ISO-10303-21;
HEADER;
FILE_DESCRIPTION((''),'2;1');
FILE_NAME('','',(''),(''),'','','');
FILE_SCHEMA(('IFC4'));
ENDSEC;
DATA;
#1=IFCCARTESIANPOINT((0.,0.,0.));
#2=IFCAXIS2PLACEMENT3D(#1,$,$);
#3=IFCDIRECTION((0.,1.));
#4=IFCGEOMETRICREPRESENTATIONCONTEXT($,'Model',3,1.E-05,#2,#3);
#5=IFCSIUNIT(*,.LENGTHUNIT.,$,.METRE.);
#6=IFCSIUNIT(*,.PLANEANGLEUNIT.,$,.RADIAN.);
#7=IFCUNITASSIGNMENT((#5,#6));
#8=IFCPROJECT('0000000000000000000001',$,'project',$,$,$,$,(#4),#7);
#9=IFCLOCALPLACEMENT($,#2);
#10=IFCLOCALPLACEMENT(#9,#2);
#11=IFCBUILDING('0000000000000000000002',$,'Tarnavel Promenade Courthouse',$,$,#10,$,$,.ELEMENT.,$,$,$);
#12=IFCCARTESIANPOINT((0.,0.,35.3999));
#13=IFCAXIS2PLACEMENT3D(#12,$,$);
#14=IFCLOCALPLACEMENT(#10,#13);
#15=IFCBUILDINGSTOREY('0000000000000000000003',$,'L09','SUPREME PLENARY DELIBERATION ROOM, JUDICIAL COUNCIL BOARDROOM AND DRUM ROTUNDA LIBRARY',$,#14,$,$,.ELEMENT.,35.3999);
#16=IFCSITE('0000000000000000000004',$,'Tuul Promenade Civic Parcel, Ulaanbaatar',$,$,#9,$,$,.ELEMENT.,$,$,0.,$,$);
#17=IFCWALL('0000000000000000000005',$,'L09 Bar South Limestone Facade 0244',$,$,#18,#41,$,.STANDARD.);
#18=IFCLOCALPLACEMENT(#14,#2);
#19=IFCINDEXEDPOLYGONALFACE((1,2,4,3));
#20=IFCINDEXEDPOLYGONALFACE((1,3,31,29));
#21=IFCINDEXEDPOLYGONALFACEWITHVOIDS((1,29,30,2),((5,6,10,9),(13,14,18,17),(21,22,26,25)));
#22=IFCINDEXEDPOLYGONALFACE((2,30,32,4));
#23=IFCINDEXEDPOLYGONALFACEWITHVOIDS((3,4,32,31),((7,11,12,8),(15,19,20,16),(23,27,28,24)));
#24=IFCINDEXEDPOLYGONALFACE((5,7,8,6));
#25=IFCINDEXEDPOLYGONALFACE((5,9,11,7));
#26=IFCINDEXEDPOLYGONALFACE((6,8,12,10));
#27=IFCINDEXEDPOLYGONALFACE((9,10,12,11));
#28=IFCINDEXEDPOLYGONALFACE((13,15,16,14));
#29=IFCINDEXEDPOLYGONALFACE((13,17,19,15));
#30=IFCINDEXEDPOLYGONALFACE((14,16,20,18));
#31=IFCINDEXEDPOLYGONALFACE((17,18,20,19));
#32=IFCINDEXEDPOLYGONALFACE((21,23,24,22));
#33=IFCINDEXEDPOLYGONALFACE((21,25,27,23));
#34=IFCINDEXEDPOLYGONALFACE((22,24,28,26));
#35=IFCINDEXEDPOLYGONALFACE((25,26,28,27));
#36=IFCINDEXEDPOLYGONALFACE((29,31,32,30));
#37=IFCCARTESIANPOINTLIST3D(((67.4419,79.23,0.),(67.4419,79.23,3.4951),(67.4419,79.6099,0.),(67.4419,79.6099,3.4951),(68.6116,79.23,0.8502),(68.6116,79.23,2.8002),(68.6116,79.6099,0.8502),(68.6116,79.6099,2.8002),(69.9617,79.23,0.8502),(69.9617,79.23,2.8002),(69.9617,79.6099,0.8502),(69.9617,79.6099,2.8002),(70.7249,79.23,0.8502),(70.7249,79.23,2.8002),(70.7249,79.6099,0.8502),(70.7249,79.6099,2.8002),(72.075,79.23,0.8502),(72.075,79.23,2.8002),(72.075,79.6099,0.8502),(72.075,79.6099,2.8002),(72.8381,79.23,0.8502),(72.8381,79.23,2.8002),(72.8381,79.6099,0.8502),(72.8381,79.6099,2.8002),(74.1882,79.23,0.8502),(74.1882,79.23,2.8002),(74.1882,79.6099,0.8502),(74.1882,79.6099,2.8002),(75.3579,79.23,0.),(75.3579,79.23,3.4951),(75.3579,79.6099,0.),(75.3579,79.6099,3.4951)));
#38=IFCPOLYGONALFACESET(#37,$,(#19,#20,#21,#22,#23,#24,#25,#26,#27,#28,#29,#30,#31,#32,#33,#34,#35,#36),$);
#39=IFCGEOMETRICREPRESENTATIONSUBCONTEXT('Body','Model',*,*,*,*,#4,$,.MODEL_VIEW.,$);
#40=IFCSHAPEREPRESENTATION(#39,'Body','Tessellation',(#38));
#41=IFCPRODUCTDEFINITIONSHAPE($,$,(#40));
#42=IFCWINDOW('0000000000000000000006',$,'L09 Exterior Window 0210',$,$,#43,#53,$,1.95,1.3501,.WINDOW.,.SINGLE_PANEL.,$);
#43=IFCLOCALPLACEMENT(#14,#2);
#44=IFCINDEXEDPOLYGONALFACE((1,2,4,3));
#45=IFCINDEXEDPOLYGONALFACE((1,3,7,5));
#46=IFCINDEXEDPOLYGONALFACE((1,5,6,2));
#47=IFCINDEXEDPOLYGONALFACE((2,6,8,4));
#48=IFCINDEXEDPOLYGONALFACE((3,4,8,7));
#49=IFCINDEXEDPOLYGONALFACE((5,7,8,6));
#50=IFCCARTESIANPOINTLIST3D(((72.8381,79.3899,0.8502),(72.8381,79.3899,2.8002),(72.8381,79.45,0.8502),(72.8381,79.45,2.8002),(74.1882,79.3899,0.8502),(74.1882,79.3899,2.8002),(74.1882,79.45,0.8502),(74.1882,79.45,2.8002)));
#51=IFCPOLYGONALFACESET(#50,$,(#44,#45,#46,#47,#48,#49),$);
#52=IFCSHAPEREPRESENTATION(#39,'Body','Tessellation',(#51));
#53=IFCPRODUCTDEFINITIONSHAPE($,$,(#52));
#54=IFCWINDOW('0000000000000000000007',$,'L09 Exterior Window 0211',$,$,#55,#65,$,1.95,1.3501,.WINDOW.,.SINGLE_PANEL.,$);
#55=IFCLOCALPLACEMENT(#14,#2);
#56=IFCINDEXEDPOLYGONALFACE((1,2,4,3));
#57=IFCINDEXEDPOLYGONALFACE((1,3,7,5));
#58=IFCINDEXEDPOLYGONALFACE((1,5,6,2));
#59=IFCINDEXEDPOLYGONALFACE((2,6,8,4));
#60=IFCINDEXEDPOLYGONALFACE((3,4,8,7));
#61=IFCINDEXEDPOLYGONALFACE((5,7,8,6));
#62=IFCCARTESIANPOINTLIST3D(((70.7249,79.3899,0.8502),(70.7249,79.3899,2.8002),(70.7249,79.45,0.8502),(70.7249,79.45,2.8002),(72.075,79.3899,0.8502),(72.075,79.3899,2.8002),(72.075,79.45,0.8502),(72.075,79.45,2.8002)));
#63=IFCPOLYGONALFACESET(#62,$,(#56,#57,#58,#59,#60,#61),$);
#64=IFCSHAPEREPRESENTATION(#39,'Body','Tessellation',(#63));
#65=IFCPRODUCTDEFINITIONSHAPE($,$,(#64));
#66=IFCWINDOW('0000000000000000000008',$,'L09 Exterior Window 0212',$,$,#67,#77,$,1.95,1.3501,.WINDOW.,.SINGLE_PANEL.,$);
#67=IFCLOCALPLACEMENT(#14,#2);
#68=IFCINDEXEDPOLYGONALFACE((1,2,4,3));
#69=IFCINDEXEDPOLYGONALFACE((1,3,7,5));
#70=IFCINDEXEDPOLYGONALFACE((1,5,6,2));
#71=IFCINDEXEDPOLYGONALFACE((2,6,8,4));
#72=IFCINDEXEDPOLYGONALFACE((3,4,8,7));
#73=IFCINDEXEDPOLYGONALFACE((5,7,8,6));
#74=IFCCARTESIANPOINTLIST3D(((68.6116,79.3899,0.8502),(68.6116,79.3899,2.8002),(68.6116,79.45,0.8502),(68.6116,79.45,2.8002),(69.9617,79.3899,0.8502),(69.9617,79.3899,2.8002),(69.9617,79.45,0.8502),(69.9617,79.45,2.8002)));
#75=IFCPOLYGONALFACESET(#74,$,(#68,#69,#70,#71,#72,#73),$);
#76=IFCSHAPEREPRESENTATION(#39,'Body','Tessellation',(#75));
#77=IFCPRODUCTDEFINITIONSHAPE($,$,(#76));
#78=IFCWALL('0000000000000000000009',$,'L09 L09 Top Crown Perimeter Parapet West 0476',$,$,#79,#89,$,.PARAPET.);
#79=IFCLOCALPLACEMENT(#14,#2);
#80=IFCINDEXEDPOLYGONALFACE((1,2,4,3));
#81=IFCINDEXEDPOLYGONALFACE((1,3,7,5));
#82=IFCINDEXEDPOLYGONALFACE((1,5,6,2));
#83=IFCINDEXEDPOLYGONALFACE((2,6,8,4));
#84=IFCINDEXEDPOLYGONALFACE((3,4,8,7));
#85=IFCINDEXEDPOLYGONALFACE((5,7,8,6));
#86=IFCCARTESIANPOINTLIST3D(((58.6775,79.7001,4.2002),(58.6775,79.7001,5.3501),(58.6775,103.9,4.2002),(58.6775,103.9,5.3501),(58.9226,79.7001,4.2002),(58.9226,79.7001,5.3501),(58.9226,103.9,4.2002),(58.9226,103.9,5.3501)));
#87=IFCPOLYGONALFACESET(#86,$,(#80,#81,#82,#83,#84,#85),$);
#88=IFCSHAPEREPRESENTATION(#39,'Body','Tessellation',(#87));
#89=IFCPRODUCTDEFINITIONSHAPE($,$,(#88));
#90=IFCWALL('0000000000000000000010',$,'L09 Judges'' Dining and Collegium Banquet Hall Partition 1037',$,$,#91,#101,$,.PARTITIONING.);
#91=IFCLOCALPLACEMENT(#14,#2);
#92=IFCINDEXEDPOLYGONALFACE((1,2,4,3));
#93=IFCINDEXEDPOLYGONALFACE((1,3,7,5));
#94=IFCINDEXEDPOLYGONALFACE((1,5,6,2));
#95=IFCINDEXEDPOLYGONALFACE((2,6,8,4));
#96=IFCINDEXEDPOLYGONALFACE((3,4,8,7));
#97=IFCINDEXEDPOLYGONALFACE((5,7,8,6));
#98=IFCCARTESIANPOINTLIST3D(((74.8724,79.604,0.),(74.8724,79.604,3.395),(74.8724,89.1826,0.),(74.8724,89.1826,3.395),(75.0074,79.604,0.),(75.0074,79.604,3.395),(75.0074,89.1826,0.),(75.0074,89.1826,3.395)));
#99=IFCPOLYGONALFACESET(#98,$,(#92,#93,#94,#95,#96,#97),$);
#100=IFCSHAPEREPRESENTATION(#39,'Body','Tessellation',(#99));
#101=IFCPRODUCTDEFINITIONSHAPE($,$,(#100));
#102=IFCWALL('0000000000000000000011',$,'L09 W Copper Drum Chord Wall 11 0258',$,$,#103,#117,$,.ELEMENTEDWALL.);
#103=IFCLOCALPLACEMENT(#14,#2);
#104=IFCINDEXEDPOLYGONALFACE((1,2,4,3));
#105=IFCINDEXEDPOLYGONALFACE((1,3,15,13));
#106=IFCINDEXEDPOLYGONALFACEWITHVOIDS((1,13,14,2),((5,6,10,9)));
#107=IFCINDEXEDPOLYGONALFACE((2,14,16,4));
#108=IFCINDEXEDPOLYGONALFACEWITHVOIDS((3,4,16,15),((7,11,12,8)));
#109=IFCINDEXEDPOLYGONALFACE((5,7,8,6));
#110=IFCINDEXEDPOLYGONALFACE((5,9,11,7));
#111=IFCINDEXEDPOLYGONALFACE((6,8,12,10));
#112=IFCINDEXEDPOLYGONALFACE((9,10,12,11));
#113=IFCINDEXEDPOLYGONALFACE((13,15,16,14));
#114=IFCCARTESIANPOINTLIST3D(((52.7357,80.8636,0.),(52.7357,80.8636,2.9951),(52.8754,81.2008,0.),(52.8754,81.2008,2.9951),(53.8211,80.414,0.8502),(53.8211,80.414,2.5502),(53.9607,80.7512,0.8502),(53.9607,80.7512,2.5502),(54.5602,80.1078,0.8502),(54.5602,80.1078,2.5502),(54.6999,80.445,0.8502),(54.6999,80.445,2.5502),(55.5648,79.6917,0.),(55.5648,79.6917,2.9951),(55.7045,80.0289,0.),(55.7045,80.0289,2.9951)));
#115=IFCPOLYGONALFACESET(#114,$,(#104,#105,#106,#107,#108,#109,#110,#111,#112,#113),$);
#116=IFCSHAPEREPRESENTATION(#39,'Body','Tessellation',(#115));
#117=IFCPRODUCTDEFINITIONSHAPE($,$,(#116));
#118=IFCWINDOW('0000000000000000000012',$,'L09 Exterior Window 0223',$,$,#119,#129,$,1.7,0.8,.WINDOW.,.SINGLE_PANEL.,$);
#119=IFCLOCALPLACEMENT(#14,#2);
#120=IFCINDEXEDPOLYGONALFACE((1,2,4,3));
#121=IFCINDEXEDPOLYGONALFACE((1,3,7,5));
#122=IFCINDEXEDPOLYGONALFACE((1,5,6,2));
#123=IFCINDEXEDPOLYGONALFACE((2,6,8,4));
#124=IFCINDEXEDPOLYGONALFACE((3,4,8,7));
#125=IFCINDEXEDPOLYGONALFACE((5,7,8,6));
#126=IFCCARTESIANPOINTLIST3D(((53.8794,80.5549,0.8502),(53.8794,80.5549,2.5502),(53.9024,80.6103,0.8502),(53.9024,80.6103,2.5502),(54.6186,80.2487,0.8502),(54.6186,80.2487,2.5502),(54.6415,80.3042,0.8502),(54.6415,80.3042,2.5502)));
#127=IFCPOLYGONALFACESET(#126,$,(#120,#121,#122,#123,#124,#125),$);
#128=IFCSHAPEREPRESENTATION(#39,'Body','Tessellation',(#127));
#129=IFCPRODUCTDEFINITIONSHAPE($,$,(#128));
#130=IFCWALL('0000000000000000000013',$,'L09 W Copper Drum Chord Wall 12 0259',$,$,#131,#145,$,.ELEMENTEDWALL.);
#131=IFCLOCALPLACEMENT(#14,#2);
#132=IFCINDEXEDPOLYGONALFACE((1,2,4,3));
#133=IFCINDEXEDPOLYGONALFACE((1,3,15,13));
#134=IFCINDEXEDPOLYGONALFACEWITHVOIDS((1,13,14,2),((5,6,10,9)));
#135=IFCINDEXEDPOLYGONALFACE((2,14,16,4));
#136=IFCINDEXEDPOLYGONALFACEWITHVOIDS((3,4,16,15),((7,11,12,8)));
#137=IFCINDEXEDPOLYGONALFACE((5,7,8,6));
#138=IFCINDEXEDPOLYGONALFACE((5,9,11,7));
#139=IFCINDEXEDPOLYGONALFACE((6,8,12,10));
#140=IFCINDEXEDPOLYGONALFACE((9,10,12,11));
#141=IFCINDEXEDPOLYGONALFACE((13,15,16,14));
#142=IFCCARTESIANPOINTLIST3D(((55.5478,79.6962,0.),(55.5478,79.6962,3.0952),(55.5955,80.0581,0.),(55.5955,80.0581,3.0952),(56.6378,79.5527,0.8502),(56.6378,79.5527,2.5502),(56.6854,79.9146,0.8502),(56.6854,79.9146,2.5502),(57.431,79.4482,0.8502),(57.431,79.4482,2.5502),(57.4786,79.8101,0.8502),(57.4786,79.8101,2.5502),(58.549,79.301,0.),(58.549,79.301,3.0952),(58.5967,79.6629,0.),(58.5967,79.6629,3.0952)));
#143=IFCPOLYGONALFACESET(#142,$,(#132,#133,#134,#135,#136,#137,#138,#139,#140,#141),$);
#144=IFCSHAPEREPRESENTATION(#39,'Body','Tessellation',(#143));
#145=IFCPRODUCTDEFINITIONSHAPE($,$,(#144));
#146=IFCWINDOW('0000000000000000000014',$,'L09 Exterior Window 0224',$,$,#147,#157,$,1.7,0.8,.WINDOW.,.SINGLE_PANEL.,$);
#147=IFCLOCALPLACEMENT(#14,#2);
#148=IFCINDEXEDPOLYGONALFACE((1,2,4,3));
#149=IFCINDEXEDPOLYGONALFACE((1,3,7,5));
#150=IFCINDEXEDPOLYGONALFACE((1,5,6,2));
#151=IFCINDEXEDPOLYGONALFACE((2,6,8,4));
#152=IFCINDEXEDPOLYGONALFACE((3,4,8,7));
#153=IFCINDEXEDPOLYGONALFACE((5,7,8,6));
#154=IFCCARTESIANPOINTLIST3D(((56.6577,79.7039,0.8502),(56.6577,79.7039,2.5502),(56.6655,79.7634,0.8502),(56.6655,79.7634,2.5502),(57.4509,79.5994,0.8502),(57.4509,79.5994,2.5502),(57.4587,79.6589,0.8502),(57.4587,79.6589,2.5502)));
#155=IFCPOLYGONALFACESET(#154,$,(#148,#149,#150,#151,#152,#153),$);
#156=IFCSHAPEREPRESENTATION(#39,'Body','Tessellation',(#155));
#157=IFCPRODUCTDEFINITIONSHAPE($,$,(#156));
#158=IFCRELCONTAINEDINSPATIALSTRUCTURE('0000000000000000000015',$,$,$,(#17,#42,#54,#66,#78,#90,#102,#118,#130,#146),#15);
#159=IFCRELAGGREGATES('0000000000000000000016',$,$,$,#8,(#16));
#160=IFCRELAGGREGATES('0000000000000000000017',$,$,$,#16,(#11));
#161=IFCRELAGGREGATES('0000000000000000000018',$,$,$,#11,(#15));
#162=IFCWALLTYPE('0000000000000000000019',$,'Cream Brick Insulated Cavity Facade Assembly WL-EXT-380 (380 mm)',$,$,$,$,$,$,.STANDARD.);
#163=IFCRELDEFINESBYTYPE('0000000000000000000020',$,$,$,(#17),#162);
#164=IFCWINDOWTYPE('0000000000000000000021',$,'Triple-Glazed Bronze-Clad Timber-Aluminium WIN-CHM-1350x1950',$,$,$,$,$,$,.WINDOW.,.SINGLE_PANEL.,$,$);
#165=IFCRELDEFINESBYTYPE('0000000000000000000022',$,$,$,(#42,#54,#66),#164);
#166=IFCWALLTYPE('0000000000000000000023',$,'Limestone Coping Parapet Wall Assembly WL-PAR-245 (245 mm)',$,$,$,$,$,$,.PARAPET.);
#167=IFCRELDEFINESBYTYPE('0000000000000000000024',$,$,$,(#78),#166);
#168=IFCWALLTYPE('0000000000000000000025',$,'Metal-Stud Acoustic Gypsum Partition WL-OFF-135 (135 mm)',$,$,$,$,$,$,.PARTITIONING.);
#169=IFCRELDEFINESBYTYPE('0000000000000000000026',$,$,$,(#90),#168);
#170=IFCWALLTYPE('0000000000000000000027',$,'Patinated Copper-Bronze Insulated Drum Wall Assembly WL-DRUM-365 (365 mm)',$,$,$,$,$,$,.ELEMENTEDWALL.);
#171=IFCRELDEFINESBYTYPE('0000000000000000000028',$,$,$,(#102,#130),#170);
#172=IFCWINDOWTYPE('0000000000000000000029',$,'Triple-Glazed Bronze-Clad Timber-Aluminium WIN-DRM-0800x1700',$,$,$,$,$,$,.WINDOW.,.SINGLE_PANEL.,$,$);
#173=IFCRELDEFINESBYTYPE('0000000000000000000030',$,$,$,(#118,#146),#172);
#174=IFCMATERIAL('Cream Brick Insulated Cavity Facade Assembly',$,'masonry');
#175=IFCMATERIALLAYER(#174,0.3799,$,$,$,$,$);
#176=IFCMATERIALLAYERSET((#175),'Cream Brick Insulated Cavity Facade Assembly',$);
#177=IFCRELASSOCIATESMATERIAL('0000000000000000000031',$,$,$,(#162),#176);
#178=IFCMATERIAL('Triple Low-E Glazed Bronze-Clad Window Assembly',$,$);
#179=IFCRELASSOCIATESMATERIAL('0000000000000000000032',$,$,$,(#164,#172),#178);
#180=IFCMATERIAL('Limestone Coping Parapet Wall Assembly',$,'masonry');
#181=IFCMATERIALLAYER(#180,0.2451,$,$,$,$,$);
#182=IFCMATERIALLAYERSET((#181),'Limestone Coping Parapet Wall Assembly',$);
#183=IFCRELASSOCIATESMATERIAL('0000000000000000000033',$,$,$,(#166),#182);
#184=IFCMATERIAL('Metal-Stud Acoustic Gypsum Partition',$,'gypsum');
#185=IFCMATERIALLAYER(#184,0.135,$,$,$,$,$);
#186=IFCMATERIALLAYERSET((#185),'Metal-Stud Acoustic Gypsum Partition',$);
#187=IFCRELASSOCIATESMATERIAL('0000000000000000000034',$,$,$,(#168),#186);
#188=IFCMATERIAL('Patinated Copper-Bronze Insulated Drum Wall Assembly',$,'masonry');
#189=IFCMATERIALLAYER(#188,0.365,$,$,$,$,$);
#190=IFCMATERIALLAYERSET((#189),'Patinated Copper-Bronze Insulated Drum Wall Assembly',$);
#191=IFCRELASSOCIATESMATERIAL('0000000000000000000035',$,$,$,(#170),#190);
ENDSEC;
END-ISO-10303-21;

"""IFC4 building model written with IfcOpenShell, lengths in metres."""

from ifc_helpers import new_model, si_unit, direction, frame, frame_2d, origin, place, context, subcontext, project, spatial, rectangle, extrude, material, layer, layer_set, type_object, element, fill, save


model = new_model("IFC4")

# Units and contexts
model_context = context("Model", 3, precision=1e-05, world=origin(), true_north=direction((0.0, 1.0)))
body_context = subcontext(model_context, "Body", "Model", "MODEL_VIEW")
ifc_project = project(units=[si_unit("LENGTHUNIT", "METRE"), si_unit("PLANEANGLEUNIT", "RADIAN")], contexts=[model_context])

# Site, building, storey
site_placement = place(None, origin())
site = spatial("IfcSite", under=ifc_project, at=site_placement, Name="Tuul Promenade Civic Parcel, Ulaanbaatar", CompositionType="ELEMENT", RefElevation=0.0)
building_placement = place(site_placement, origin())
building = spatial("IfcBuilding", under=site, at=building_placement, Name="Tarnavel Promenade Courthouse", CompositionType="ELEMENT")
storey_placement = place(building_placement, frame((0.0, 0.0, 35.3999)))
storey = spatial("IfcBuildingStorey", under=building, at=storey_placement, Name="L09", Description="SUPREME PLENARY DELIBERATION ROOM, JUDICIAL COUNCIL BOARDROOM AND DRUM ROTUNDA LIBRARY", CompositionType="ELEMENT", Elevation=35.3999)

# Shared definitions
ifc_material_1 = material(Name="Cream Brick Insulated Cavity Facade Assembly", Category="masonry")
ifc_layer_1 = layer(ifc_material_1, 0.3799)
ifc_layer_set_1 = layer_set([ifc_layer_1], Name="Cream Brick Insulated Cavity Facade Assembly")
wall_type_1 = type_object("IfcWallType", Name="Cream Brick Insulated Cavity Facade Assembly WL-EXT-380 (380 mm)", PredefinedType="STANDARD", material=ifc_layer_set_1)

# Wall, openings, windows
wall_1_placement = place(storey_placement, frame((75.3579, 79.4199, 0.0), z_axis=(0.0, 0.0, 1.0), x_axis=(-1.0, 0.0, 0.0)))
wall_1 = element("IfcWall", 1, at=wall_1_placement, inside=storey, type_object=wall_type_1, Name="L09 Bar South Limestone Facade 0244", PredefinedType="STANDARD", context=body_context, shape_type="SweptSolid", body=[
    extrude(rectangle(XDim=7.916, YDim=0.3799, at=frame_2d((3.958, 0.0))), origin(), (0.0, 0.0, 1.0), 3.4951),
])
opening_1_placement = place(wall_1_placement, frame((1.1697, 0.0, 0.8501)))
opening_1 = element("IfcOpeningElement", 2, at=opening_1_placement, cuts=wall_1, PredefinedType="OPENING", context=body_context, shape_type="SweptSolid", body=[
    extrude(rectangle(XDim=1.3501, YDim=1.95, at=frame_2d((0.675, 0.9751))), frame((0.0, 0.2, 0.0), z_axis=(0.0, -1.0, 0.0), x_axis=(1.0, 0.0, 0.0)), (0.0, 0.0, 1.0), 0.3999),
])
opening_2_placement = place(wall_1_placement, frame((3.283, 0.0, 0.8501)))
opening_2 = element("IfcOpeningElement", 3, at=opening_2_placement, cuts=wall_1, PredefinedType="OPENING", context=body_context, shape_type="SweptSolid", body=[
    extrude(rectangle(XDim=1.3501, YDim=1.95, at=frame_2d((0.675, 0.9751))), frame((0.0, 0.2, 0.0), z_axis=(0.0, -1.0, 0.0), x_axis=(1.0, 0.0, 0.0)), (0.0, 0.0, 1.0), 0.3999),
])
opening_3_placement = place(wall_1_placement, frame((5.3962, 0.0, 0.8501)))
opening_3 = element("IfcOpeningElement", 4, at=opening_3_placement, cuts=wall_1, PredefinedType="OPENING", context=body_context, shape_type="SweptSolid", body=[
    extrude(rectangle(XDim=1.3501, YDim=1.95, at=frame_2d((0.675, 0.9751))), frame((0.0, 0.2, 0.0), z_axis=(0.0, -1.0, 0.0), x_axis=(1.0, 0.0, 0.0)), (0.0, 0.0, 1.0), 0.3999),
])
ifc_material_2 = material(Name="Triple Low-E Glazed Bronze-Clad Window Assembly")
window_type_1 = type_object("IfcWindowType", Name="Triple-Glazed Bronze-Clad Timber-Aluminium WIN-CHM-1350x1950", PartitioningType="SINGLE_PANEL", PredefinedType="WINDOW", material=ifc_material_2)
window_1_placement = place(opening_1_placement, origin())
window_1 = element("IfcWindow", 5, at=window_1_placement, inside=storey, type_object=window_type_1, Name="L09 Exterior Window 0210", OverallHeight=1.95, OverallWidth=1.3501, PartitioningType="SINGLE_PANEL", PredefinedType="WINDOW", context=body_context, shape_type="SweptSolid", body=[
    extrude(rectangle(XDim=1.3501, YDim=1.95, at=frame_2d((0.675, 0.9751))), frame((0.0, 0.03, 0.0), z_axis=(0.0, -1.0, 0.0), x_axis=(1.0, 0.0, 0.0)), (0.0, 0.0, 1.0), 0.0601),
])
fill(opening_1, window_1)
window_2_placement = place(opening_2_placement, origin())
window_2 = element("IfcWindow", 6, at=window_2_placement, inside=storey, type_object=window_type_1, Name="L09 Exterior Window 0211", OverallHeight=1.95, OverallWidth=1.3501, PartitioningType="SINGLE_PANEL", PredefinedType="WINDOW", context=body_context, shape_type="SweptSolid", body=[
    extrude(rectangle(XDim=1.3501, YDim=1.95, at=frame_2d((0.675, 0.9751))), frame((0.0, 0.03, 0.0), z_axis=(0.0, -1.0, 0.0), x_axis=(1.0, 0.0, 0.0)), (0.0, 0.0, 1.0), 0.0601),
])
fill(opening_2, window_2)
window_3_placement = place(opening_3_placement, origin())
window_3 = element("IfcWindow", 7, at=window_3_placement, inside=storey, type_object=window_type_1, Name="L09 Exterior Window 0212", OverallHeight=1.95, OverallWidth=1.3501, PartitioningType="SINGLE_PANEL", PredefinedType="WINDOW", context=body_context, shape_type="SweptSolid", body=[
    extrude(rectangle(XDim=1.3501, YDim=1.95, at=frame_2d((0.675, 0.9751))), frame((0.0, 0.03, 0.0), z_axis=(0.0, -1.0, 0.0), x_axis=(1.0, 0.0, 0.0)), (0.0, 0.0, 1.0), 0.0601),
])
fill(opening_3, window_3)

# Walls
ifc_material_3 = material(Name="Limestone Coping Parapet Wall Assembly", Category="masonry")
ifc_layer_2 = layer(ifc_material_3, 0.2451)
ifc_layer_set_2 = layer_set([ifc_layer_2], Name="Limestone Coping Parapet Wall Assembly")
wall_type_2 = type_object("IfcWallType", Name="Limestone Coping Parapet Wall Assembly WL-PAR-245 (245 mm)", PredefinedType="PARAPET", material=ifc_layer_set_2)
wall_2_placement = place(storey_placement, frame((58.8, 79.7, 4.2002), z_axis=(0.0, 0.0, 1.0), x_axis=(0.0, 1.0, 0.0)))
element("IfcWall", 8, at=wall_2_placement, inside=storey, type_object=wall_type_2, Name="L09 L09 Top Crown Perimeter Parapet West 0476", PredefinedType="PARAPET", context=body_context, shape_type="SweptSolid", body=[
    extrude(rectangle(XDim=24.2, YDim=0.2451, at=frame_2d((12.1001, 0.0))), origin(), (0.0, 0.0, 1.0), 1.1499),
])
ifc_material_4 = material(Name="Metal-Stud Acoustic Gypsum Partition", Category="gypsum")
ifc_layer_3 = layer(ifc_material_4, 0.135)
ifc_layer_set_3 = layer_set([ifc_layer_3], Name="Metal-Stud Acoustic Gypsum Partition")
wall_type_3 = type_object("IfcWallType", Name="Metal-Stud Acoustic Gypsum Partition WL-OFF-135 (135 mm)", PredefinedType="PARTITIONING", material=ifc_layer_set_3)
wall_3_placement = place(storey_placement, frame((74.9399, 79.604, 0.0), z_axis=(0.0, 0.0, 1.0), x_axis=(0.0, 1.0, 0.0)))
element("IfcWall", 9, at=wall_3_placement, inside=storey, type_object=wall_type_3, Name="L09 Judges' Dining and Collegium Banquet Hall Partition 1037", PredefinedType="PARTITIONING", context=body_context, shape_type="SweptSolid", body=[
    extrude(rectangle(XDim=9.5786, YDim=0.135, at=frame_2d((4.7893, 0.0))), origin(), (0.0, 0.0, 1.0), 3.395),
])

# Walls, openings, windows
ifc_material_5 = material(Name="Patinated Copper-Bronze Insulated Drum Wall Assembly", Category="masonry")
ifc_layer_4 = layer(ifc_material_5, 0.365)
ifc_layer_set_4 = layer_set([ifc_layer_4], Name="Patinated Copper-Bronze Insulated Drum Wall Assembly")
wall_type_4 = type_object("IfcWallType", Name="Patinated Copper-Bronze Insulated Drum Wall Assembly WL-DRUM-365 (365 mm)", PredefinedType="ELEMENTEDWALL", material=ifc_layer_set_4)
wall_4_placement = place(storey_placement, frame((52.8054, 81.0322, 0.0), z_axis=(0.0, 0.0, 1.0), x_axis=(0.923877, -0.38269, 0.0)))
wall_4 = element("IfcWall", 10, at=wall_4_placement, inside=storey, type_object=wall_type_4, Name="L09 W Copper Drum Chord Wall 11 0258", PredefinedType="ELEMENTEDWALL", context=body_context, shape_type="SweptSolid", body=[
    extrude(rectangle(XDim=3.0623, YDim=0.365, at=frame_2d((1.5312, 0.0))), origin(), (0.0, 0.0, 1.0), 2.9951),
])
opening_4_placement = place(wall_4_placement, frame((1.175, 0.0, 0.8501)))
opening_4 = element("IfcOpeningElement", 11, at=opening_4_placement, cuts=wall_4, PredefinedType="OPENING", context=body_context, shape_type="SweptSolid", body=[
    extrude(rectangle(XDim=0.8, YDim=1.7, at=frame_2d((0.3999, 0.8501))), frame((0.0, 0.1924, 0.0), z_axis=(0.0, -1.0, 0.0), x_axis=(1.0, 0.0, 0.0)), (0.0, 0.0, 1.0), 0.385),
])
window_type_2 = type_object("IfcWindowType", Name="Triple-Glazed Bronze-Clad Timber-Aluminium WIN-DRM-0800x1700", PartitioningType="SINGLE_PANEL", PredefinedType="WINDOW", material=ifc_material_2)
window_4_placement = place(opening_4_placement, origin())
window_4 = element("IfcWindow", 12, at=window_4_placement, inside=storey, type_object=window_type_2, Name="L09 Exterior Window 0223", OverallHeight=1.7, OverallWidth=0.8, PartitioningType="SINGLE_PANEL", PredefinedType="WINDOW", context=body_context, shape_type="SweptSolid", body=[
    extrude(rectangle(XDim=0.8, YDim=1.7, at=frame_2d((0.3999, 0.8501))), frame((0.0, 0.03, 0.0), z_axis=(0.0, -1.0, 0.0), x_axis=(1.0, 0.0, 0.0)), (0.0, 0.0, 1.0), 0.0601),
])
fill(opening_4, window_4)
wall_5_placement = place(storey_placement, frame((55.5715, 79.8772, 0.0), z_axis=(0.0, 0.0, 1.0), x_axis=(0.991439, -0.130573, 0.0)))
wall_5 = element("IfcWall", 13, at=wall_5_placement, inside=storey, type_object=wall_type_4, Name="L09 W Copper Drum Chord Wall 12 0259", PredefinedType="ELEMENTEDWALL", context=body_context, shape_type="SweptSolid", body=[
    extrude(rectangle(XDim=3.0271, YDim=0.365, at=frame_2d((1.5137, 0.0))), origin(), (0.0, 0.0, 1.0), 3.0952),
])
opening_5_placement = place(wall_5_placement, frame((1.0996, 0.0, 0.8501)))
opening_5 = element("IfcOpeningElement", 14, at=opening_5_placement, cuts=wall_5, PredefinedType="OPENING", context=body_context, shape_type="SweptSolid", body=[
    extrude(rectangle(XDim=0.8, YDim=1.7, at=frame_2d((0.3999, 0.8501))), frame((0.0, 0.1924, 0.0), z_axis=(0.0, -1.0, 0.0), x_axis=(1.0, 0.0, 0.0)), (0.0, 0.0, 1.0), 0.385),
])
window_5_placement = place(opening_5_placement, origin())
window_5 = element("IfcWindow", 15, at=window_5_placement, inside=storey, type_object=window_type_2, Name="L09 Exterior Window 0224", OverallHeight=1.7, OverallWidth=0.8, PartitioningType="SINGLE_PANEL", PredefinedType="WINDOW", context=body_context, shape_type="SweptSolid", body=[
    extrude(rectangle(XDim=0.8, YDim=1.7, at=frame_2d((0.3999, 0.8501))), frame((0.0, 0.03, 0.0), z_axis=(0.0, -1.0, 0.0), x_axis=(1.0, 0.0, 0.0)), (0.0, 0.0, 1.0), 0.0601),
])
fill(opening_5, window_5)

save(model, "model.ifc")
